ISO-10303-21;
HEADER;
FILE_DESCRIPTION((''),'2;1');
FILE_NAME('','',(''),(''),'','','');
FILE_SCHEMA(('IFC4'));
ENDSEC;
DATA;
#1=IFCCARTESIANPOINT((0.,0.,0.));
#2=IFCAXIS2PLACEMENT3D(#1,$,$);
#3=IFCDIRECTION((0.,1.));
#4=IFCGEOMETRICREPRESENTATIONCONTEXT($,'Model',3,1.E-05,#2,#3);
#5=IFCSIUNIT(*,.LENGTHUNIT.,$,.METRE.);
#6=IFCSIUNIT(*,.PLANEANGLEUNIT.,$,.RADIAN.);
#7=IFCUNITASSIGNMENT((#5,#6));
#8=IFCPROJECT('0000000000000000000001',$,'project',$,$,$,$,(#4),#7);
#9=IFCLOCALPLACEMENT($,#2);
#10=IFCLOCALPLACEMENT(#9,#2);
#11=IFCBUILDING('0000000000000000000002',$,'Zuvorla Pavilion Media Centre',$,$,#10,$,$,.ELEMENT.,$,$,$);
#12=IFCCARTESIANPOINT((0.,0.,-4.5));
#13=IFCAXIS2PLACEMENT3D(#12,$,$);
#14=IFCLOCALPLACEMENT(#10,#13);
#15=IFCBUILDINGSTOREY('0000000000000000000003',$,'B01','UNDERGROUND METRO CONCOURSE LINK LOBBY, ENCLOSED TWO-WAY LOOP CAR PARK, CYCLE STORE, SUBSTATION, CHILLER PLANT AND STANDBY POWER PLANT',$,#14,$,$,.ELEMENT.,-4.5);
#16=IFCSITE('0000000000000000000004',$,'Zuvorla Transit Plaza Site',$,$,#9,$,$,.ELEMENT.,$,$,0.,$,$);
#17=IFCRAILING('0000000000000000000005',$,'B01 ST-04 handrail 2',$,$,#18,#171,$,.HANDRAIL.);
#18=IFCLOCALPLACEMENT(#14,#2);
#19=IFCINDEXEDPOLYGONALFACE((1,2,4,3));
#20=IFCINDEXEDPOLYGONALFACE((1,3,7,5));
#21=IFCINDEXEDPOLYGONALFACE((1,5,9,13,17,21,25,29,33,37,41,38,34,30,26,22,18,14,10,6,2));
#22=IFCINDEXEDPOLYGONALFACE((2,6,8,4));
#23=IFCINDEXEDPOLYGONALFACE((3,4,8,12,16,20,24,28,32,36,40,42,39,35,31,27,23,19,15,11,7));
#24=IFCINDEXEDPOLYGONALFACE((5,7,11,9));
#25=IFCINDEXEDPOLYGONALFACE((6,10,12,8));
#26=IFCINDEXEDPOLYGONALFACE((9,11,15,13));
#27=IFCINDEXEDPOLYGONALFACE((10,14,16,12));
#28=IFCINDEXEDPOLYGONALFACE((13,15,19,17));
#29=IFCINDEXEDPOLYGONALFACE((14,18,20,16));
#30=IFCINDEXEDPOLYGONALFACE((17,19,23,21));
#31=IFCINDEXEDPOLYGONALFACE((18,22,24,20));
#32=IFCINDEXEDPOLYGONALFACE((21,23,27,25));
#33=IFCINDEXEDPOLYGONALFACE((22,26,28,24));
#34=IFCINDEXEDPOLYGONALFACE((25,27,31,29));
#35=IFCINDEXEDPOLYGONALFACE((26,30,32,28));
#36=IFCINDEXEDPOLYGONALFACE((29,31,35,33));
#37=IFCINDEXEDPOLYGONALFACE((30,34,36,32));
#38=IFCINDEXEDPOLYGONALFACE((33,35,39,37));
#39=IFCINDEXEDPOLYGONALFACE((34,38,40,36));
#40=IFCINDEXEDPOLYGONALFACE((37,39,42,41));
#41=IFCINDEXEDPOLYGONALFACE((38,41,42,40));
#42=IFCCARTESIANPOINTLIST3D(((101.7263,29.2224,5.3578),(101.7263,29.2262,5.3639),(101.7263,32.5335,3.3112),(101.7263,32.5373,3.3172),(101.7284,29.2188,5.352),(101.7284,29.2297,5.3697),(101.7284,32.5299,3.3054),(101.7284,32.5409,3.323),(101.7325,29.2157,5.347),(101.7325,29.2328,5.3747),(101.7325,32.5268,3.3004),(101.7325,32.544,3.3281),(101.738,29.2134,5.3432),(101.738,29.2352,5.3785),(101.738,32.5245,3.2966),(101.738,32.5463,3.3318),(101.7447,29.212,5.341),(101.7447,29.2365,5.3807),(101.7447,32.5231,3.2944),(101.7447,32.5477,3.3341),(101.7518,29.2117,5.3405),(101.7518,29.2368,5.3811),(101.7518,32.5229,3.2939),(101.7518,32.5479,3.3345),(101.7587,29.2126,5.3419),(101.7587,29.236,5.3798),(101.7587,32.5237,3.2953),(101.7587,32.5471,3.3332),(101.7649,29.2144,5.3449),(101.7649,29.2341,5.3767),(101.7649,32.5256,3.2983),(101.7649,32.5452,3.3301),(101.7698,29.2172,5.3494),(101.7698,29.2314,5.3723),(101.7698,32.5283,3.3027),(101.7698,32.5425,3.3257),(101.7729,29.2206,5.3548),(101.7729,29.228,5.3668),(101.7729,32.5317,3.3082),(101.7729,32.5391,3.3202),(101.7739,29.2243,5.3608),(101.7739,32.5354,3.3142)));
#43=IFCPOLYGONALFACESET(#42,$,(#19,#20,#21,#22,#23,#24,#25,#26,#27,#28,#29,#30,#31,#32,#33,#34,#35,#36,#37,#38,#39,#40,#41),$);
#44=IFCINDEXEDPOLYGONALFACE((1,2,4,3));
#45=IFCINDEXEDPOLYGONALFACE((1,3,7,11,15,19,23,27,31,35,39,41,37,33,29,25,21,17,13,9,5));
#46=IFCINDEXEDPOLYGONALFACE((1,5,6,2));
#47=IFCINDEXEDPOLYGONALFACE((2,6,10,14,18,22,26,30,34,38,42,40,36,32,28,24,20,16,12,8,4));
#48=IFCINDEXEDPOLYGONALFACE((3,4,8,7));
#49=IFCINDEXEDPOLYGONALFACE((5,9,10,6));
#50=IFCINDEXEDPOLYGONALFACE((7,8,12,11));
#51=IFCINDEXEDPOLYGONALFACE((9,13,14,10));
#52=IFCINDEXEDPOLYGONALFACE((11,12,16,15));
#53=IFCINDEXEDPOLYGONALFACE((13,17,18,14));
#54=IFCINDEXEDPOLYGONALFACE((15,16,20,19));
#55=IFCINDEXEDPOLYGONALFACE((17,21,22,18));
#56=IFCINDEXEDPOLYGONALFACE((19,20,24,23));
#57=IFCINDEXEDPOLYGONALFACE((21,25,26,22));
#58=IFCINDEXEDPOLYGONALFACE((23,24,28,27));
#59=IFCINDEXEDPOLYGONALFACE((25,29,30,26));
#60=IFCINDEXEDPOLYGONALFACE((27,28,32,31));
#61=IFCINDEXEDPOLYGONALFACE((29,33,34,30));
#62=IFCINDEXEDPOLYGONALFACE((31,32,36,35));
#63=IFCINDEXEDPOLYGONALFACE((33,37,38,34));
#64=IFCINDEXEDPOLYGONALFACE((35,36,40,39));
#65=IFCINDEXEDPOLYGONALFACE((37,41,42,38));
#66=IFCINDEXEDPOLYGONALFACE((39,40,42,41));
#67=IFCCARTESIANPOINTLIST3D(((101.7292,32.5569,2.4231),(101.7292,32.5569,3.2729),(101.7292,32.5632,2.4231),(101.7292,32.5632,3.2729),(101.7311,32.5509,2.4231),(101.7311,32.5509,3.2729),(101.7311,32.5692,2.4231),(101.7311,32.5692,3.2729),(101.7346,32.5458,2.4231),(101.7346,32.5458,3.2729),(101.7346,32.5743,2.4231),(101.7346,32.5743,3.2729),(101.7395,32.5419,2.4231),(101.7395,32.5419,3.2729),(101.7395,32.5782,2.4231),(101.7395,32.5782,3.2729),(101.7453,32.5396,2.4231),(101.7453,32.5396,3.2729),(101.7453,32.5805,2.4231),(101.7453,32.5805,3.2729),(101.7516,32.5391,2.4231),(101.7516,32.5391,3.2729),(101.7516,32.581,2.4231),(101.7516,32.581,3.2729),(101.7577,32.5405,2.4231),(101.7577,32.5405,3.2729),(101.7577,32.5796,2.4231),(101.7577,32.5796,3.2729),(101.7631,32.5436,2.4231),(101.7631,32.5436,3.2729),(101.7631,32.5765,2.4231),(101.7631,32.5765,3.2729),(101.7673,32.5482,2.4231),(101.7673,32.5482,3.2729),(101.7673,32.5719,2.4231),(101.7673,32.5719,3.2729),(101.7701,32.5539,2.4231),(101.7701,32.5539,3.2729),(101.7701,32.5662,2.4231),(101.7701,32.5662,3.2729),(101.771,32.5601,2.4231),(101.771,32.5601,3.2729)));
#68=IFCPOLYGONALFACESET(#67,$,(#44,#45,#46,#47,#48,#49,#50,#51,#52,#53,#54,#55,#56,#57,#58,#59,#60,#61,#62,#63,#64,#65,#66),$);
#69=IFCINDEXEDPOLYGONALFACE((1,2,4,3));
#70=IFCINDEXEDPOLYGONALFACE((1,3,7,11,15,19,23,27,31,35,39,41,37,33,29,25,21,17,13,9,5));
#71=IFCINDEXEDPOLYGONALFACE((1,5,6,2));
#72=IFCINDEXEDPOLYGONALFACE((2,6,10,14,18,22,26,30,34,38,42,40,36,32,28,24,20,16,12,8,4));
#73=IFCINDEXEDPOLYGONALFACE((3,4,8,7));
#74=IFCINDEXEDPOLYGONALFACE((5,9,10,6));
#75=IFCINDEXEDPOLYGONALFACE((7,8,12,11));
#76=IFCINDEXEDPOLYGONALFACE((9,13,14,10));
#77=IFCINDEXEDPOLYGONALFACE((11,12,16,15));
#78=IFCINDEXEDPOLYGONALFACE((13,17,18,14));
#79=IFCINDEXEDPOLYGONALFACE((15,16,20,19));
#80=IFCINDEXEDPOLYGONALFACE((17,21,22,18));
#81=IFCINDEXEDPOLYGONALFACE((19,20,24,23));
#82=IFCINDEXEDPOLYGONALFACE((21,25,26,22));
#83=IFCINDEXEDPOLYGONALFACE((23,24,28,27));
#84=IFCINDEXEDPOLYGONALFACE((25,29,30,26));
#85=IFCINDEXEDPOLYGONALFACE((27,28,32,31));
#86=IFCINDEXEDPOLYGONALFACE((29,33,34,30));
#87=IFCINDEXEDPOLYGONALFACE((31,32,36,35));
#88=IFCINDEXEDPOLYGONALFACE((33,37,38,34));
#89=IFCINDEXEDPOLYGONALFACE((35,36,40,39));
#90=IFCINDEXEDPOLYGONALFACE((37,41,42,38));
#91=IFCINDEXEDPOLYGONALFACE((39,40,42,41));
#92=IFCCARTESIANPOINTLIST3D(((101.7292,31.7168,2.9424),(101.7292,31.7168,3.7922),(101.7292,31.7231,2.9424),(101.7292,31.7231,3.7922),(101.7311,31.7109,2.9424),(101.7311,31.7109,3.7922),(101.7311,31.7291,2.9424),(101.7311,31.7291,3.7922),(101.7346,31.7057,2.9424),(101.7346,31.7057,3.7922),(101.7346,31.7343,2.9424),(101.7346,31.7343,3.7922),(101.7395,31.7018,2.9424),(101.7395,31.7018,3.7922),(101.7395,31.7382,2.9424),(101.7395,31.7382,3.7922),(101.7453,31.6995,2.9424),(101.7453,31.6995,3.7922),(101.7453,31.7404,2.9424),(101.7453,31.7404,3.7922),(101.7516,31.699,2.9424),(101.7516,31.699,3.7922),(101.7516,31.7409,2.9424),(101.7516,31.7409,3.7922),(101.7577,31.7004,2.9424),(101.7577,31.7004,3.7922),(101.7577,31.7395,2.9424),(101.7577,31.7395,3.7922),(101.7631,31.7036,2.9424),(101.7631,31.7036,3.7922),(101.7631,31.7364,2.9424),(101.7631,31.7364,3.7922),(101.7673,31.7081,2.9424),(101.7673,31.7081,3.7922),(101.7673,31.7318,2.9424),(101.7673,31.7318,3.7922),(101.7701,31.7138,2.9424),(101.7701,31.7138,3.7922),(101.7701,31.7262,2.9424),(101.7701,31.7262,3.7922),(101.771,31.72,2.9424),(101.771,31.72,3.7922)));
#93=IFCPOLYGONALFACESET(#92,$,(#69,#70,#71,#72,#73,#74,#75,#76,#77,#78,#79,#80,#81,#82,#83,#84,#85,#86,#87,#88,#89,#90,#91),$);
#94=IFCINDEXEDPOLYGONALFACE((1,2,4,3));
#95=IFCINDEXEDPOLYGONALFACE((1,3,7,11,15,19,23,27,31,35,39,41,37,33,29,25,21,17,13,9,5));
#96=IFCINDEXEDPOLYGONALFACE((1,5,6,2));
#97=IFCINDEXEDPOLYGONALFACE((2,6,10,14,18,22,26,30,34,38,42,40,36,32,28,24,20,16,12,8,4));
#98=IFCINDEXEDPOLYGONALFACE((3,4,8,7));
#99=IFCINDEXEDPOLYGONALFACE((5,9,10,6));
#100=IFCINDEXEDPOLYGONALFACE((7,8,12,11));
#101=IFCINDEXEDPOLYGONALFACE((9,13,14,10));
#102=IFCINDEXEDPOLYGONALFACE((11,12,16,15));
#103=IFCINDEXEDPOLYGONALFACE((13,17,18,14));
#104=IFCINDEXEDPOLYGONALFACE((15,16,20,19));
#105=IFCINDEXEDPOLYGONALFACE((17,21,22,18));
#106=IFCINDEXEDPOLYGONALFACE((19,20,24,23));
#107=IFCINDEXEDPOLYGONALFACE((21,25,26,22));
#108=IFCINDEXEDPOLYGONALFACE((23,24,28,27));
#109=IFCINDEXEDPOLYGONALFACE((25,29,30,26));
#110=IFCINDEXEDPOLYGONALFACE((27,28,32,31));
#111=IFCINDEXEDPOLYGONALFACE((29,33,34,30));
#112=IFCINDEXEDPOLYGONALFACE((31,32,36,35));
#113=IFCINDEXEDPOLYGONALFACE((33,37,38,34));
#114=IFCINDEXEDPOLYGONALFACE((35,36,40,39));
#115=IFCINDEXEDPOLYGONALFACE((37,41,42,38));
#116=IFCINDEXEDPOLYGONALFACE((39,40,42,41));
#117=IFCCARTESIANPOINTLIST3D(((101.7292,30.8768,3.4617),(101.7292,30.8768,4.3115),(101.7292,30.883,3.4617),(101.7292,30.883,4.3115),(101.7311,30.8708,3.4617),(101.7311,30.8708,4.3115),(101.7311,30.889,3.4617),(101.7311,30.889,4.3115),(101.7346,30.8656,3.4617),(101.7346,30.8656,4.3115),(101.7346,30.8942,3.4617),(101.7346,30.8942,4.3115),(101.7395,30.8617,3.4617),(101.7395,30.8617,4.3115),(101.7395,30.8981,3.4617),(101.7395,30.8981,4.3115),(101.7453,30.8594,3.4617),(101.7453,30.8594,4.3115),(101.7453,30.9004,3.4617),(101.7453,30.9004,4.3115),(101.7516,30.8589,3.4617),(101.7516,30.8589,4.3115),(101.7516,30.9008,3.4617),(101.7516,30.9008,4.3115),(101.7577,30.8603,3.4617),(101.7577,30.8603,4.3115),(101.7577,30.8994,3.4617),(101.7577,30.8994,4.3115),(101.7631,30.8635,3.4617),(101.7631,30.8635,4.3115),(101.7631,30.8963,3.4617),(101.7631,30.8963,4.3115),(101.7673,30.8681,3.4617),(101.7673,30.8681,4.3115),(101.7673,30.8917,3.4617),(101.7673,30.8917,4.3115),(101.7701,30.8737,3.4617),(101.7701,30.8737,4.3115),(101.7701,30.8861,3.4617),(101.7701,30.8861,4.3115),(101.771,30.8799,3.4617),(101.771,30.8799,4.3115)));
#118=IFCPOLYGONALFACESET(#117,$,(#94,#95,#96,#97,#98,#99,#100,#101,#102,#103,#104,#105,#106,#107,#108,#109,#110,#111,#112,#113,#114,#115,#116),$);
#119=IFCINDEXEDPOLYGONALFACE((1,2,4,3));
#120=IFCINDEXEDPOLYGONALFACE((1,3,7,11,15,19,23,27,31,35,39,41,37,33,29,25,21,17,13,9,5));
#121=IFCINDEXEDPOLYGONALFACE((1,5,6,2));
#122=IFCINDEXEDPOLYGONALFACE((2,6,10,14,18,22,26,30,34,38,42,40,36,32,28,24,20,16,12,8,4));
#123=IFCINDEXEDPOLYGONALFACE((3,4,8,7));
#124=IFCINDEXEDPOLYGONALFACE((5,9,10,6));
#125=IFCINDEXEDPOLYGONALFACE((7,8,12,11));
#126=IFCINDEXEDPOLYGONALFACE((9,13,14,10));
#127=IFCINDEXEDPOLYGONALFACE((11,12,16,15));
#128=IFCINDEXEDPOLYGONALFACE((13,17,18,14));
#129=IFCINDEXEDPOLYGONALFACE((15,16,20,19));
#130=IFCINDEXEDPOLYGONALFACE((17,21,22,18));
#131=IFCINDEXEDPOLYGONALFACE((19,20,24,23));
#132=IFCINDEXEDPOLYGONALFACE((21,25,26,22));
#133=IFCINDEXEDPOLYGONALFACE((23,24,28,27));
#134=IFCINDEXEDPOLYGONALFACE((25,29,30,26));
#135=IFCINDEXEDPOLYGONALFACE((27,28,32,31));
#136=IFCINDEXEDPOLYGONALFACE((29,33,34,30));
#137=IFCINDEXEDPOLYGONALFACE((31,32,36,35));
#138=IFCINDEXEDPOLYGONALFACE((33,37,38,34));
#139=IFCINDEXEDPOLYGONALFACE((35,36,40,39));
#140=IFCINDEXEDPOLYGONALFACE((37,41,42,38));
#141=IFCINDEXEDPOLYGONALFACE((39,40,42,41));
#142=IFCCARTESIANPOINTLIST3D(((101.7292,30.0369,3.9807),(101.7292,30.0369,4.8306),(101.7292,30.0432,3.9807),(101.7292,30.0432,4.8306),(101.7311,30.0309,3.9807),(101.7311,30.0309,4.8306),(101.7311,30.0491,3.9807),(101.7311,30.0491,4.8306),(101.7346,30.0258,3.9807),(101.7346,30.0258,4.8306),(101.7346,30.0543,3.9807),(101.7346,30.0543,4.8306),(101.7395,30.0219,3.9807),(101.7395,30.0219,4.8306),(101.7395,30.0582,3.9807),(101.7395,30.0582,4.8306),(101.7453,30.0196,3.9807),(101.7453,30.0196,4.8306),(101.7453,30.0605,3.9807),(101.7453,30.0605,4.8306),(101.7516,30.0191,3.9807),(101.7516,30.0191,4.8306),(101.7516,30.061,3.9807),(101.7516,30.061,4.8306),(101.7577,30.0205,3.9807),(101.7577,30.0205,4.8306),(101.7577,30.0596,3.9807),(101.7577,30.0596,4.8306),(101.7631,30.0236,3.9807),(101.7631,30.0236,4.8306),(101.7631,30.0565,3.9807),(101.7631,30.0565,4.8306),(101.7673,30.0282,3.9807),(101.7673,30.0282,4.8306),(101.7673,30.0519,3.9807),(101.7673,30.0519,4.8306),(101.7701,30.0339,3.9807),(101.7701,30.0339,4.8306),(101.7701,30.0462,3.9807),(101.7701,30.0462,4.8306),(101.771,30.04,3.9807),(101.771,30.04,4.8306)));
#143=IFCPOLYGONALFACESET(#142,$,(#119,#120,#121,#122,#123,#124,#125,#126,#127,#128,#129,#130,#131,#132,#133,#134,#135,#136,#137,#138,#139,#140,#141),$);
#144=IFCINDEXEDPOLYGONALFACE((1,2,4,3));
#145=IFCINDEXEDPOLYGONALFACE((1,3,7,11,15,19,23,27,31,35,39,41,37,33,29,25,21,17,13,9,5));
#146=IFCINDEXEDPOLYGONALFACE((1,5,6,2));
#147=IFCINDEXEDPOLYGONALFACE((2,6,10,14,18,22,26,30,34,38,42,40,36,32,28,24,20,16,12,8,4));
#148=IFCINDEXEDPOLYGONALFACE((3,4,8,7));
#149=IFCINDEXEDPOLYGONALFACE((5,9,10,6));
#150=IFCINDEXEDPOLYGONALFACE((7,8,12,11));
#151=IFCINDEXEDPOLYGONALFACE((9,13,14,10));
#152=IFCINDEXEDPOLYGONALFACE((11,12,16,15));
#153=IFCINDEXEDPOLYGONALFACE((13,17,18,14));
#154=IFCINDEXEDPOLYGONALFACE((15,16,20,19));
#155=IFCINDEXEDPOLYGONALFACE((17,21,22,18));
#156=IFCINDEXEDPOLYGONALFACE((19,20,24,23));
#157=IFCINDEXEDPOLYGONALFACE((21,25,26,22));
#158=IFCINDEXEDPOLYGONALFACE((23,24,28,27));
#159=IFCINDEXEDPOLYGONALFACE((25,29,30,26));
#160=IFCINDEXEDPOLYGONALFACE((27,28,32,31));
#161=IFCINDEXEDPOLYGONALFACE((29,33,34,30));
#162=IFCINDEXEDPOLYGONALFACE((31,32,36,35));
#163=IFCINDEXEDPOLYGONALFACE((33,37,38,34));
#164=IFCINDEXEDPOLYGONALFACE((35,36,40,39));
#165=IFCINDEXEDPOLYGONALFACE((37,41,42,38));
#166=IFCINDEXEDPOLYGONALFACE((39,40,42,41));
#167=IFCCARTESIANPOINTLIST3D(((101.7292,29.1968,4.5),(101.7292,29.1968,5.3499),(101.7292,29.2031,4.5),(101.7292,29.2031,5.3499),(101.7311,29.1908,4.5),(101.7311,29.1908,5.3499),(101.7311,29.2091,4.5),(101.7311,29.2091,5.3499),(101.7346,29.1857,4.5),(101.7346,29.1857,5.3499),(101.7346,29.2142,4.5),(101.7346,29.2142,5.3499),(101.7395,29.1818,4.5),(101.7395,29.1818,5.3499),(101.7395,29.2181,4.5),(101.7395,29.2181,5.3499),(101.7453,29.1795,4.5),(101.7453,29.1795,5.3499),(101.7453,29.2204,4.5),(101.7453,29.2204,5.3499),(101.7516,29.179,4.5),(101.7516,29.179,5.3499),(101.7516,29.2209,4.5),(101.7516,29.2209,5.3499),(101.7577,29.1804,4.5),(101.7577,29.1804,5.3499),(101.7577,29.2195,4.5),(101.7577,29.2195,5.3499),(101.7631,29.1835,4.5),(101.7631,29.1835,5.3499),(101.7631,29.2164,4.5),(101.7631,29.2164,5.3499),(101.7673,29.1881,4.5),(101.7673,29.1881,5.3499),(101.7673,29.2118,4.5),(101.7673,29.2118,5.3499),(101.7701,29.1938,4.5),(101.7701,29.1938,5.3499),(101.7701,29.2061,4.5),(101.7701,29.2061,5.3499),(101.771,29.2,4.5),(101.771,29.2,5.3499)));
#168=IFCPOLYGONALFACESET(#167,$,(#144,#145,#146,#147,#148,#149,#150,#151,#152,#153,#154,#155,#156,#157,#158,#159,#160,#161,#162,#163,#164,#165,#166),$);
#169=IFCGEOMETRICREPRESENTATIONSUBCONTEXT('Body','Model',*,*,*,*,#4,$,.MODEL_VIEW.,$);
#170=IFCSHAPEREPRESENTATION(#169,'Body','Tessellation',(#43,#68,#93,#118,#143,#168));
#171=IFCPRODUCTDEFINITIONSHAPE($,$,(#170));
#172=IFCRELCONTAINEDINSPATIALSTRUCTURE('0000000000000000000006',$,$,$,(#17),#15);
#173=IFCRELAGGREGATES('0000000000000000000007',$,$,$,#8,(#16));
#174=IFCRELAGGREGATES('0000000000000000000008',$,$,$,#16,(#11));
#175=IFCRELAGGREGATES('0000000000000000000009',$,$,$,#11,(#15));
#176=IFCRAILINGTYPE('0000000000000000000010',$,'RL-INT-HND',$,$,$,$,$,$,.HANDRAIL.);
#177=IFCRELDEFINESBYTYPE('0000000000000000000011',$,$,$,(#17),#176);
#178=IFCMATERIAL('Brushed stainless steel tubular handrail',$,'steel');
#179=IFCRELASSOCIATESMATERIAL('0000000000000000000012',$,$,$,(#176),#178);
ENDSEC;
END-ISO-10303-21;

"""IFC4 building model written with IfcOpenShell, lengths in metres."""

from ifc_helpers import new_model, si_unit, direction, frame, origin, origin_2d, place, context, subcontext, project, spatial, circle, extrude, material, type_object, element, save


model = new_model("IFC4")

# Units and contexts
model_context = context("Model", 3, precision=1e-05, world=origin(), true_north=direction((0.0, 1.0)))
body_context = subcontext(model_context, "Body", "Model", "MODEL_VIEW")
ifc_project = project(units=[si_unit("LENGTHUNIT", "METRE"), si_unit("PLANEANGLEUNIT", "RADIAN")], contexts=[model_context])

# Site, building, storey
site_placement = place(None, origin())
site = spatial("IfcSite", under=ifc_project, at=site_placement, Name="Zuvorla Transit Plaza Site", CompositionType="ELEMENT", RefElevation=0.0)
building_placement = place(site_placement, origin())
building = spatial("IfcBuilding", under=site, at=building_placement, Name="Zuvorla Pavilion Media Centre", CompositionType="ELEMENT")
storey_placement = place(building_placement, frame((0.0, 0.0, -4.5)))
storey = spatial("IfcBuildingStorey", under=building, at=storey_placement, Name="B01", Description="UNDERGROUND METRO CONCOURSE LINK LOBBY, ENCLOSED TWO-WAY LOOP CAR PARK, CYCLE STORE, SUBSTATION, CHILLER PLANT AND STANDBY POWER PLANT", CompositionType="ELEMENT", Elevation=-4.5)

# Railing
ifc_material_1 = material(Name="Brushed stainless steel tubular handrail", Category="steel")
railing_type_1 = type_object("IfcRailingType", Name="RL-INT-HND", PredefinedType="HANDRAIL", material=ifc_material_1)
railing_1_placement = place(storey_placement, frame((101.75, 32.5601, 2.4231)))
element("IfcRailing", 1, at=railing_1_placement, inside=storey, type_object=railing_type_1, Name="B01 ST-04 handrail 2", PredefinedType="HANDRAIL", context=body_context, shape_type="SweptSolid", body=[
    extrude(circle(Radius=0.0239, at=origin_2d()), frame((0.0, -0.0247, 0.8911), z_axis=(0.0, -0.850623, 0.525776), x_axis=(1.0, 0.0, 0.0)), (0.0, 0.0, 1.0), 3.8926),
    extrude(circle(Radius=0.021, at=origin_2d()), origin(), (0.0, 0.0, 1.0), 0.8499),
    extrude(circle(Radius=0.021, at=origin_2d()), frame((0.0, -0.8401, 0.5193)), (0.0, 0.0, 1.0), 0.8499),
    extrude(circle(Radius=0.021, at=origin_2d()), frame((0.0, -1.6802, 1.0386)), (0.0, 0.0, 1.0), 0.8499),
    extrude(circle(Radius=0.021, at=origin_2d()), frame((0.0, -2.52, 1.5576)), (0.0, 0.0, 1.0), 0.8499),
    extrude(circle(Radius=0.021, at=origin_2d()), frame((0.0, -3.3601, 2.0769)), (0.0, 0.0, 1.0), 0.8499),
])

save(model, "model.ifc")
